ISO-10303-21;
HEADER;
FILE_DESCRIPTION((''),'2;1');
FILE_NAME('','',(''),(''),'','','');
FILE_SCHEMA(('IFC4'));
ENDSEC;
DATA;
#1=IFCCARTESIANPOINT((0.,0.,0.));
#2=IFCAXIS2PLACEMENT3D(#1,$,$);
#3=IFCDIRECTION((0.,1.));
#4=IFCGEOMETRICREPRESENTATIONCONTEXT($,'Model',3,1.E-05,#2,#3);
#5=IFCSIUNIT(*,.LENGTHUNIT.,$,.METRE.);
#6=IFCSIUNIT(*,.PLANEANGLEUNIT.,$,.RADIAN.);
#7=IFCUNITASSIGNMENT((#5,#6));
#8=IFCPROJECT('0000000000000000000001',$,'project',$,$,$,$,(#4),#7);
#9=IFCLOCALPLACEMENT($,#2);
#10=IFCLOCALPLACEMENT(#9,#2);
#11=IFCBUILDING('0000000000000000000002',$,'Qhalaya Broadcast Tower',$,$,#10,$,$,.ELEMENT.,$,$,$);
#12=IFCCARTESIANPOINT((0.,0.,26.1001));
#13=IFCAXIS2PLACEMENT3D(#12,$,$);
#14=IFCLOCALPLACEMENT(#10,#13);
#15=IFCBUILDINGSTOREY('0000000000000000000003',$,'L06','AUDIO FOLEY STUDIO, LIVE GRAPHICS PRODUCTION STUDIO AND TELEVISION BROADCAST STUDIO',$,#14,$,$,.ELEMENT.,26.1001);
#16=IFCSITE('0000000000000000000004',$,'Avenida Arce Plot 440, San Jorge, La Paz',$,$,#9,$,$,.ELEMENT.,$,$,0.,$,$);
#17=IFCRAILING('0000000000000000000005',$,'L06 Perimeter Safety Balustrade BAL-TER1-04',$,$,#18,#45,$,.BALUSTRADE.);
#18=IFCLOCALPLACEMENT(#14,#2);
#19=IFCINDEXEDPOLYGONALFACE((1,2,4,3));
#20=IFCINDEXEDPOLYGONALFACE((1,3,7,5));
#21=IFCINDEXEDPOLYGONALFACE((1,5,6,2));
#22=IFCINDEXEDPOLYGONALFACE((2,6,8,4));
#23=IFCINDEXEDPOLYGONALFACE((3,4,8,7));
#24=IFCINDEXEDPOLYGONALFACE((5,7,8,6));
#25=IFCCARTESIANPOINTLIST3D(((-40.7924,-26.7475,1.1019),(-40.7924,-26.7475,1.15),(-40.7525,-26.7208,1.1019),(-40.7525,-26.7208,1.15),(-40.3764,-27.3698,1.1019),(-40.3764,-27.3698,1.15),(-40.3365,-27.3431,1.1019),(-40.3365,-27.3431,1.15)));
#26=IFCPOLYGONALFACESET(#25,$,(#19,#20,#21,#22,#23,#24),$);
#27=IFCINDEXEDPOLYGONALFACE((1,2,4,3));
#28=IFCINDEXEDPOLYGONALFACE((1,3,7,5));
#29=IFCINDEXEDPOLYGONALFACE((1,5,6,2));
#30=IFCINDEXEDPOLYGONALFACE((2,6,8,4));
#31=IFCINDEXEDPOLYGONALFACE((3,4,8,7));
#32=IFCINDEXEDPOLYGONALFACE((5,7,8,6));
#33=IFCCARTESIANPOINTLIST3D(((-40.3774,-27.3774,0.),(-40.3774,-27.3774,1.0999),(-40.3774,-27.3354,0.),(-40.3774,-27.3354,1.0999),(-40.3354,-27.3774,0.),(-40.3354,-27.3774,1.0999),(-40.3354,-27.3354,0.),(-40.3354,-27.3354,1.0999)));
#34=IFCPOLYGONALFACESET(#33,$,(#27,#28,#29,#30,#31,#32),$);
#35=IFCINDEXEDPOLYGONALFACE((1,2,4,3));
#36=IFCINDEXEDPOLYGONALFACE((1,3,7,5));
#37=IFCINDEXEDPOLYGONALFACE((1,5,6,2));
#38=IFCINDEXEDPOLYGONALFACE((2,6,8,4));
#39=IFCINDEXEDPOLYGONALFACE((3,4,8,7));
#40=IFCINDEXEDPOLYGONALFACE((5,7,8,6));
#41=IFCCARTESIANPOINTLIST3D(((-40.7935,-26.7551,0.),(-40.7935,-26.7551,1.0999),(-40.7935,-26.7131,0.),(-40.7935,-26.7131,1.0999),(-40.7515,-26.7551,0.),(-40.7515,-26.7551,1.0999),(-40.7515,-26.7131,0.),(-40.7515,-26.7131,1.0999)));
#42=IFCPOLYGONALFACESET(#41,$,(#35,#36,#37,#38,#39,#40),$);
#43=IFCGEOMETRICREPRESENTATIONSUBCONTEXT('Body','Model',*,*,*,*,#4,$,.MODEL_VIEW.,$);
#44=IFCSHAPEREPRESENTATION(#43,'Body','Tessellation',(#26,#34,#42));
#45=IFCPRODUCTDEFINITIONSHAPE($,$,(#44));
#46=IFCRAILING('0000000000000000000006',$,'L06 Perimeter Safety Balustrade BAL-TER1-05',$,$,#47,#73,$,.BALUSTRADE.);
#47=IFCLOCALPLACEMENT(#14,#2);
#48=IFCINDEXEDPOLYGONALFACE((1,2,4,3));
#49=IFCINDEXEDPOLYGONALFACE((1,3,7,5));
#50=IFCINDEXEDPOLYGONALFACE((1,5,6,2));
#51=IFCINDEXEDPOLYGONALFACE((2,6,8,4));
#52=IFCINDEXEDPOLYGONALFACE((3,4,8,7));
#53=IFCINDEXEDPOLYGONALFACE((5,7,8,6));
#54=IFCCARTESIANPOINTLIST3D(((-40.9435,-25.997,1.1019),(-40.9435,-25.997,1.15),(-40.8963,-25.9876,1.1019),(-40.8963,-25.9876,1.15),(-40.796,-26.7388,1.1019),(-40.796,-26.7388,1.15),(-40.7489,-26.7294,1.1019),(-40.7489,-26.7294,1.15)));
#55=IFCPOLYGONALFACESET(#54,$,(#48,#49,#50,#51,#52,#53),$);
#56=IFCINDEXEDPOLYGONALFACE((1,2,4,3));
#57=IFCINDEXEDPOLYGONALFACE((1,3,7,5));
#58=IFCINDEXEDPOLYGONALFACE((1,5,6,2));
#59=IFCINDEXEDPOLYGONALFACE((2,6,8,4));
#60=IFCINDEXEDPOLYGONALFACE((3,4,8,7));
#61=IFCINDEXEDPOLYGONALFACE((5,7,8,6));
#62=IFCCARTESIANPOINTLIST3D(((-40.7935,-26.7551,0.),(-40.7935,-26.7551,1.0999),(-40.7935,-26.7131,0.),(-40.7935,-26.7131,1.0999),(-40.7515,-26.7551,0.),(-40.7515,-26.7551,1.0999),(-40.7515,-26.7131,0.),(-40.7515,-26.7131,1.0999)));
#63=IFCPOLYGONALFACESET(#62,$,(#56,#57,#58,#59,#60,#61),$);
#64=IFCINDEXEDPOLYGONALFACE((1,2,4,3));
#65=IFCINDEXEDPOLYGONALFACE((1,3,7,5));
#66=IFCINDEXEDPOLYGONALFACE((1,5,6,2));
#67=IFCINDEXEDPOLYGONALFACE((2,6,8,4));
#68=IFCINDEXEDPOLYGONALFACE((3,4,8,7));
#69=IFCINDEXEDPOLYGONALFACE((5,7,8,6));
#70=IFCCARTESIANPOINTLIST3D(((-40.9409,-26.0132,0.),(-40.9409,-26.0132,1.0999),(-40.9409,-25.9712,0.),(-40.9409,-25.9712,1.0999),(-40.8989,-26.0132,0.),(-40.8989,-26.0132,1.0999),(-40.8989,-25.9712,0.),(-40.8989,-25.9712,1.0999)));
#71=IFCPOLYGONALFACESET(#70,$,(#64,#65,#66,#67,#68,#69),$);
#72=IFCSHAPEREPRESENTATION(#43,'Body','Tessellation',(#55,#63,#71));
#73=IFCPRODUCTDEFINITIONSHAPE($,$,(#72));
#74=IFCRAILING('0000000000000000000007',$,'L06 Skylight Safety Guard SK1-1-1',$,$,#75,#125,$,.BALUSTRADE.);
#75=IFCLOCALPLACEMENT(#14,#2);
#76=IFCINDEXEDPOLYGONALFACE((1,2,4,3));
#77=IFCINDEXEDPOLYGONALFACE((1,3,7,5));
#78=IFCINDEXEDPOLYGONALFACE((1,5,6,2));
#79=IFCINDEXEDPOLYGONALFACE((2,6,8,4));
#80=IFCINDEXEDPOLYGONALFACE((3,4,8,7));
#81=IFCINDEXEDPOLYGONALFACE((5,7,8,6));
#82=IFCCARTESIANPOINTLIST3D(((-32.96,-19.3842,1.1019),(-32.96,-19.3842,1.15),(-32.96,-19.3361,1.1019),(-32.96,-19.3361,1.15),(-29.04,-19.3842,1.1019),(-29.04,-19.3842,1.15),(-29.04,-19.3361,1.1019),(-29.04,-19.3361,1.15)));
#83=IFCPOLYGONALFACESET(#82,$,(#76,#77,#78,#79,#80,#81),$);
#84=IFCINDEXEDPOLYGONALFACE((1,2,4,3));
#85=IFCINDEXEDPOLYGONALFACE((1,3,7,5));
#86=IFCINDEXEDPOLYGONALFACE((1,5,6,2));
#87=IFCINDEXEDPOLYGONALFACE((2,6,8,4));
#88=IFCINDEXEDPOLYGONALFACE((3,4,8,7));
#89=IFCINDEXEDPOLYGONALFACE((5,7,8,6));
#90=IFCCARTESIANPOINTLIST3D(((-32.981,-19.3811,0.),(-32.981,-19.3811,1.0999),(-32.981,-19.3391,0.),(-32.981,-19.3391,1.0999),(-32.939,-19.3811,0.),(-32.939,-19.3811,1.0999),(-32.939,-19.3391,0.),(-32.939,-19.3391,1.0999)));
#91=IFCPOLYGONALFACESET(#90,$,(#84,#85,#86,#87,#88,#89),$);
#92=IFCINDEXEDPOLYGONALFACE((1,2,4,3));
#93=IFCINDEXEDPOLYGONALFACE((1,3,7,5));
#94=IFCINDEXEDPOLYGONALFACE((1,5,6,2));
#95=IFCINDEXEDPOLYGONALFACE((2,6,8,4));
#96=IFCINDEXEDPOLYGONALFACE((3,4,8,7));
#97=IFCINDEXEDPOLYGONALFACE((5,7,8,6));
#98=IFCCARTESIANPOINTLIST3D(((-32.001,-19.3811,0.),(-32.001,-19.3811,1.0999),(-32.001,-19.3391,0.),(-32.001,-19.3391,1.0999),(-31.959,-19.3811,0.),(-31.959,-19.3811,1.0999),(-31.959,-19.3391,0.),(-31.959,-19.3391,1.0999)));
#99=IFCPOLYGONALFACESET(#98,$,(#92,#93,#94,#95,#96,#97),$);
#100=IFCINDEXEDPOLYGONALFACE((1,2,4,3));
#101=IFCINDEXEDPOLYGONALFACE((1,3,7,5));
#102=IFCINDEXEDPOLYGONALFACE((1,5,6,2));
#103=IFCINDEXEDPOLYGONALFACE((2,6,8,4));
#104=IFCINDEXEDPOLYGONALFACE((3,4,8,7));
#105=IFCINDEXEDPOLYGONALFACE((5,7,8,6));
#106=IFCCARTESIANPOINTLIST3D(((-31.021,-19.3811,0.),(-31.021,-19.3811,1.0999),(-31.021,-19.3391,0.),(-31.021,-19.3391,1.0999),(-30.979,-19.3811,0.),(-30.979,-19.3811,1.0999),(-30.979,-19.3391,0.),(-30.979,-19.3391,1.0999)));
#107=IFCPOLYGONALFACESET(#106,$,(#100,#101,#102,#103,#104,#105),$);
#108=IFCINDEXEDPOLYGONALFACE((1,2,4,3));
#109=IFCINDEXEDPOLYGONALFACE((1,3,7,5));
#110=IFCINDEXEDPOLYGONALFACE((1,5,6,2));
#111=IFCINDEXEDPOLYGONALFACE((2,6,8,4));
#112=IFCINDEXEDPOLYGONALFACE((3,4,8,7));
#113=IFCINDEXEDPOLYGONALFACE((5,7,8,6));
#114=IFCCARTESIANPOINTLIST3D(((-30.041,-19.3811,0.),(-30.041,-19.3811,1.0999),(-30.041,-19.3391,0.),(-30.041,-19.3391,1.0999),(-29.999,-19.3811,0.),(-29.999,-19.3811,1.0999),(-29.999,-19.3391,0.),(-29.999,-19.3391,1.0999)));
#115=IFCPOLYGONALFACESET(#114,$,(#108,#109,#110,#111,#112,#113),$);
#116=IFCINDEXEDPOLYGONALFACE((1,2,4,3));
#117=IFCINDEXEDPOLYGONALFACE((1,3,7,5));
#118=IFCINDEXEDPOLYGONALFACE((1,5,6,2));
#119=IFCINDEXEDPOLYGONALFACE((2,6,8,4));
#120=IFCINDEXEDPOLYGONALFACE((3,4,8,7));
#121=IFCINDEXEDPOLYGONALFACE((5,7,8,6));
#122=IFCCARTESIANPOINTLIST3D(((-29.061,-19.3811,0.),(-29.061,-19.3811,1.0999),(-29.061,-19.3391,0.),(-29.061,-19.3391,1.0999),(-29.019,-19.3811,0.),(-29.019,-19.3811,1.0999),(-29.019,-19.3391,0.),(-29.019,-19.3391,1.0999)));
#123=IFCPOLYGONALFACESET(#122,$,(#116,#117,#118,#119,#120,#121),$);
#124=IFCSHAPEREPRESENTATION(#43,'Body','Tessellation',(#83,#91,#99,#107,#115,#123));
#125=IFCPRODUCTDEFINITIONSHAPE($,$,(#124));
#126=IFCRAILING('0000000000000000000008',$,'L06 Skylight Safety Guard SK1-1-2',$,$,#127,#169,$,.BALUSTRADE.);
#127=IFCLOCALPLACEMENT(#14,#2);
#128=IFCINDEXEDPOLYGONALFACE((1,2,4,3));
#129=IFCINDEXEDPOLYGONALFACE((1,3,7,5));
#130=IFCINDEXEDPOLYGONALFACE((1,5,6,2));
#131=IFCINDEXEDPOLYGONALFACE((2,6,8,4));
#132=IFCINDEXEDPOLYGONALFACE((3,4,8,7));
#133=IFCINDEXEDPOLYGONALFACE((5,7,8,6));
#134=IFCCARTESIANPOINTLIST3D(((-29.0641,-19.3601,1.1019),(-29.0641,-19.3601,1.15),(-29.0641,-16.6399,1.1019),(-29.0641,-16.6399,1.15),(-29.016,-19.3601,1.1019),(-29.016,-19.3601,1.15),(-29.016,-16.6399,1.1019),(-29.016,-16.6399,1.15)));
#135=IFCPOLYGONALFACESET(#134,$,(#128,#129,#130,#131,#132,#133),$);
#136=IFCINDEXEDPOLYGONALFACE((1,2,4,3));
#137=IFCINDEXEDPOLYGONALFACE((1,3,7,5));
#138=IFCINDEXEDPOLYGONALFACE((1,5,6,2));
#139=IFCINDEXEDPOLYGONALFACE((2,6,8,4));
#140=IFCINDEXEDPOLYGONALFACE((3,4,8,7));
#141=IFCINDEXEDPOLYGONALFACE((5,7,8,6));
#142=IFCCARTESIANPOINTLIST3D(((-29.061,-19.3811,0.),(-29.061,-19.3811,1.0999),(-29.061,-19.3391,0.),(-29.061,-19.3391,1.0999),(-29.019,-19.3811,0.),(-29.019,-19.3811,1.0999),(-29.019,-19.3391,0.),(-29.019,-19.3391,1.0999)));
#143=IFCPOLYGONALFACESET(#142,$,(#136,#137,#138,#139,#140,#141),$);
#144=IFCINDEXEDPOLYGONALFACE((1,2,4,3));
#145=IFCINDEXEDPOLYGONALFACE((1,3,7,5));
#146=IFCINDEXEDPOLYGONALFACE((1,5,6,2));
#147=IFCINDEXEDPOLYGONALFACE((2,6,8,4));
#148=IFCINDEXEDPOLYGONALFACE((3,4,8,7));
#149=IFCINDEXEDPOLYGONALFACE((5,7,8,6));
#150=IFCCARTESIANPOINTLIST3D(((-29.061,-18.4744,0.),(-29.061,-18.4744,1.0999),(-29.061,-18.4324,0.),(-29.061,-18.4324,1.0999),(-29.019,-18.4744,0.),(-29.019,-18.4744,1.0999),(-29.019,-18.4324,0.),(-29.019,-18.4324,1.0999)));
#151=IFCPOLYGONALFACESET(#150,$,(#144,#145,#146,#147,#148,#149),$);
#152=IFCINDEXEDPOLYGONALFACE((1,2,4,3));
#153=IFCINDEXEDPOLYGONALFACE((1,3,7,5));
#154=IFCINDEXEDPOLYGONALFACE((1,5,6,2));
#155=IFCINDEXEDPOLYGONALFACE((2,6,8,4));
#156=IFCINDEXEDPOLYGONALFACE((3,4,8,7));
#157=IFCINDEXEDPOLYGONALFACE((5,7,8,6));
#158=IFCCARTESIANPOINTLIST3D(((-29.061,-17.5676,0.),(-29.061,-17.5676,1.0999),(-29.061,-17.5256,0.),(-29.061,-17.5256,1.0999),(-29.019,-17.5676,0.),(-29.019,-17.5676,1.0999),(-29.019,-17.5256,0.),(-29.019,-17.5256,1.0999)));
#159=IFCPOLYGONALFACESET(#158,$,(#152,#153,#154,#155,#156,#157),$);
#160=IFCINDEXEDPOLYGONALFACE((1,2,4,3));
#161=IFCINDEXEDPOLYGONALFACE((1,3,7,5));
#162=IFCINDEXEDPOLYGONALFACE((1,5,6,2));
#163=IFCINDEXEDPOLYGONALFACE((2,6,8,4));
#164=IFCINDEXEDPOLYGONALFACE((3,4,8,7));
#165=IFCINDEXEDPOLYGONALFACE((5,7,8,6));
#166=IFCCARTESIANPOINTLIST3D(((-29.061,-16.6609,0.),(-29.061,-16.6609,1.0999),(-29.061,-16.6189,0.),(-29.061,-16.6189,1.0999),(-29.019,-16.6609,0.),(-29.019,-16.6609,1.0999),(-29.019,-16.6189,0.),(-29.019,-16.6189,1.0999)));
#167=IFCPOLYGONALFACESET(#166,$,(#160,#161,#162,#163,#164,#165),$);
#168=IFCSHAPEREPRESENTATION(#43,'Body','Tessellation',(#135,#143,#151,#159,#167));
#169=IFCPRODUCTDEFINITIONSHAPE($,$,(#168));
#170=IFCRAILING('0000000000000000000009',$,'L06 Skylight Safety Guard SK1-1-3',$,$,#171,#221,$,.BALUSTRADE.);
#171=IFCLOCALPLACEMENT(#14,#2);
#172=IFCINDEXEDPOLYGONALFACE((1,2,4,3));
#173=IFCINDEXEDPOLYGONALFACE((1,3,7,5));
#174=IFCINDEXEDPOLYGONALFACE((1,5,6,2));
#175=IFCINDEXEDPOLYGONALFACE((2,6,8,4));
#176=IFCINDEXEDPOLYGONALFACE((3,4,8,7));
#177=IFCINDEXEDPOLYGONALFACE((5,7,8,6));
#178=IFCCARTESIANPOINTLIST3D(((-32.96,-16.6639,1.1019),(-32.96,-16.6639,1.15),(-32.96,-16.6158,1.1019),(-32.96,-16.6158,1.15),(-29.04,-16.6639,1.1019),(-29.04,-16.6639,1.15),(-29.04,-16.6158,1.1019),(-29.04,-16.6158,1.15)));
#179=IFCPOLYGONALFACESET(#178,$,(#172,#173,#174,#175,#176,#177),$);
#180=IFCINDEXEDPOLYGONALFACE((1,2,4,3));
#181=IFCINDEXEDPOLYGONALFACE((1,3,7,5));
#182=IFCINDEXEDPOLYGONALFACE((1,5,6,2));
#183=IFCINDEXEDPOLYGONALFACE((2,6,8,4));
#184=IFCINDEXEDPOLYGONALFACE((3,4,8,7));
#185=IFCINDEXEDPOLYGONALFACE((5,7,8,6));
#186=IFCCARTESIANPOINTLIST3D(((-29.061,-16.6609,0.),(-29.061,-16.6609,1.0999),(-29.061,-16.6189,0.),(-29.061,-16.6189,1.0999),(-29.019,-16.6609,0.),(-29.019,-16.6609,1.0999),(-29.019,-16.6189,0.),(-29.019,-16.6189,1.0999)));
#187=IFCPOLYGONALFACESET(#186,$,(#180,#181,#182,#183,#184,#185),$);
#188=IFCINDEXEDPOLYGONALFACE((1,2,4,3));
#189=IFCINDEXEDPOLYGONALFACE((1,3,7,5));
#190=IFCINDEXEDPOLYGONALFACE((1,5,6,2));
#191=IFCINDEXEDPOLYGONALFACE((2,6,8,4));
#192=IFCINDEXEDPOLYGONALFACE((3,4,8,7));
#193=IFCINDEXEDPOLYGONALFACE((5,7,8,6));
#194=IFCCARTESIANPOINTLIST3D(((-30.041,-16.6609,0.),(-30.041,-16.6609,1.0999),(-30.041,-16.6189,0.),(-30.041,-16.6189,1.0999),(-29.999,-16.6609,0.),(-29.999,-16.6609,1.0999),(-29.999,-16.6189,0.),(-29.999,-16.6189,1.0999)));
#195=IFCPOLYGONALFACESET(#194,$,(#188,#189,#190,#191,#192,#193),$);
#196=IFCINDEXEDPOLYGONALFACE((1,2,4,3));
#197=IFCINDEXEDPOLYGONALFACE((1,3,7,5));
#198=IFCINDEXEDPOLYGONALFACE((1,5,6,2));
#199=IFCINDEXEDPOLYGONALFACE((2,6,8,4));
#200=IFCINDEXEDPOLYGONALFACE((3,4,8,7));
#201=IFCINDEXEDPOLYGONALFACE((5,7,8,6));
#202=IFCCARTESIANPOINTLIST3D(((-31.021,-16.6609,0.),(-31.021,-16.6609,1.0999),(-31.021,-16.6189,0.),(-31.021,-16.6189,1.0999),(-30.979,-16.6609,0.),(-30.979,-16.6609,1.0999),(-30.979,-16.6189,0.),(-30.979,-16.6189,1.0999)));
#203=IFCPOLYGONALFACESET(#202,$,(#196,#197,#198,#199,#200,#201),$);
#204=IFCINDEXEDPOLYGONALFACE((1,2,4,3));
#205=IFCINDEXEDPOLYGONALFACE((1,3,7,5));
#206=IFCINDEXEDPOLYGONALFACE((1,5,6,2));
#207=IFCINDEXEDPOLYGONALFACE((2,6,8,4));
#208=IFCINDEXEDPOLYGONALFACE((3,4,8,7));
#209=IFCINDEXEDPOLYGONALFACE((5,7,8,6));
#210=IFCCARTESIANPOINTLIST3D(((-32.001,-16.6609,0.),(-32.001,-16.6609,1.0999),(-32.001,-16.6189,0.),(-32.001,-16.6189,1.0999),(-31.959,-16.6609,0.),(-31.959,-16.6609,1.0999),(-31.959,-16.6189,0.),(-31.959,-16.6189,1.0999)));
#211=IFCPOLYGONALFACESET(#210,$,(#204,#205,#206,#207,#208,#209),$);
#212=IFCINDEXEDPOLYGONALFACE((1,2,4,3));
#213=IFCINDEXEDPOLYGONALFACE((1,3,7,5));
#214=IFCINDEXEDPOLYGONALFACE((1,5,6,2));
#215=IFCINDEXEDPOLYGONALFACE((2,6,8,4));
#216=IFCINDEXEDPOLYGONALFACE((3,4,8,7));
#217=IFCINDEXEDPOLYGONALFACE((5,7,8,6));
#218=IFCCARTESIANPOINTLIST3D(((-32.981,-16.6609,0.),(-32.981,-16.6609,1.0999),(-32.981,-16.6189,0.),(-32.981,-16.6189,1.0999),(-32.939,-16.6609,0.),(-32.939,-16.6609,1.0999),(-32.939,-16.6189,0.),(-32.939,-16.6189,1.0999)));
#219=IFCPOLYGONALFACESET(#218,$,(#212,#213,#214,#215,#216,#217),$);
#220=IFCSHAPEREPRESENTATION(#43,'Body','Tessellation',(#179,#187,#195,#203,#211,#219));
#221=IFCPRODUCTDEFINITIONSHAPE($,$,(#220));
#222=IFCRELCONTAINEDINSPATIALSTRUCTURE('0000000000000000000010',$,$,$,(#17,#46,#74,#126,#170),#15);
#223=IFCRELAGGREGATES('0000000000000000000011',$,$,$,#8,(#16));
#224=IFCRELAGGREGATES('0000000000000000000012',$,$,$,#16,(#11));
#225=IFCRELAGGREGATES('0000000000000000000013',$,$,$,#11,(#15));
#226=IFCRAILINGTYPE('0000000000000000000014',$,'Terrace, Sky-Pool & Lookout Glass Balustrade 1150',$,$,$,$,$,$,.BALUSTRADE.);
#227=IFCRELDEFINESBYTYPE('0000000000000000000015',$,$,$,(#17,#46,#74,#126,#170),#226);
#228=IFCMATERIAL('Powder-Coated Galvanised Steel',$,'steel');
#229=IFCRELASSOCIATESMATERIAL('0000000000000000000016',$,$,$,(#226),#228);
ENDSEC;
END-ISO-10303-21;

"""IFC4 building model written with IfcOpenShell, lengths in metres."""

from ifc_helpers import new_model, si_unit, direction, frame, origin, origin_2d, place, context, subcontext, project, spatial, rectangle, extrude, material, type_object, element, save


model = new_model("IFC4")

# Units and contexts
model_context = context("Model", 3, precision=1e-05, world=origin(), true_north=direction((0.0, 1.0)))
body_context = subcontext(model_context, "Body", "Model", "MODEL_VIEW")
ifc_project = project(units=[si_unit("LENGTHUNIT", "METRE"), si_unit("PLANEANGLEUNIT", "RADIAN")], contexts=[model_context])

# Site, building, storey
site_placement = place(None, origin())
site = spatial("IfcSite", under=ifc_project, at=site_placement, Name="Avenida Arce Plot 440, San Jorge, La Paz", CompositionType="ELEMENT", RefElevation=0.0)
building_placement = place(site_placement, origin())
building = spatial("IfcBuilding", under=site, at=building_placement, Name="Qhalaya Broadcast Tower", CompositionType="ELEMENT")
storey_placement = place(building_placement, frame((0.0, 0.0, 26.1001)))
storey = spatial("IfcBuildingStorey", under=building, at=storey_placement, Name="L06", Description="AUDIO FOLEY STUDIO, LIVE GRAPHICS PRODUCTION STUDIO AND TELEVISION BROADCAST STUDIO", CompositionType="ELEMENT", Elevation=26.1001)

# Railings
ifc_material_1 = material(Name="Powder-Coated Galvanised Steel", Category="steel")
railing_type = type_object("IfcRailingType", Name="Terrace, Sky-Pool & Lookout Glass Balustrade 1150", PredefinedType="BALUSTRADE", material=ifc_material_1)
railing_1_placement = place(storey_placement, frame((-40.3564, -27.3564, 0.0)))
element("IfcRailing", 1, at=railing_1_placement, inside=storey, type_object=railing_type, Name="L06 Perimeter Safety Balustrade BAL-TER1-04", PredefinedType="BALUSTRADE", context=body_context, shape_type="SweptSolid", body=[
    extrude(rectangle(XDim=0.0481, YDim=0.0481, at=origin_2d()), frame((0.0, 0.0, 1.126), z_axis=(-0.555753, 0.831347, 0.0), x_axis=(-0.831347, -0.555753, 0.0)), (0.0, 0.0, 1.0), 0.7485),
    extrude(rectangle(XDim=0.042, YDim=0.042, at=origin_2d()), origin(), (0.0, 0.0, 1.0), 1.0999),
    extrude(rectangle(XDim=0.042, YDim=0.042, at=origin_2d()), frame((-0.416, 0.6223, 0.0)), (0.0, 0.0, 1.0), 1.0999),
])
railing_2_placement = place(storey_placement, frame((-40.7725, -26.7341, 0.0)))
element("IfcRailing", 2, at=railing_2_placement, inside=storey, type_object=railing_type, Name="L06 Perimeter Safety Balustrade BAL-TER1-05", PredefinedType="BALUSTRADE", context=body_context, shape_type="SweptSolid", body=[
    extrude(rectangle(XDim=0.0481, YDim=0.0481, at=origin_2d()), frame((0.0, 0.0, 1.126), z_axis=(-0.194937, 0.980816, 0.0), x_axis=(-0.980816, -0.194937, 0.0)), (0.0, 0.0, 1.0), 0.7563),
    extrude(rectangle(XDim=0.042, YDim=0.042, at=origin_2d()), origin(), (0.0, 0.0, 1.0), 1.0999),
    extrude(rectangle(XDim=0.042, YDim=0.042, at=origin_2d()), frame((-0.1475, 0.7419, 0.0)), (0.0, 0.0, 1.0), 1.0999),
])
railing_3_placement = place(storey_placement, frame((-32.96, -19.3601, 0.0)))
element("IfcRailing", 3, at=railing_3_placement, inside=storey, type_object=railing_type, Name="L06 Skylight Safety Guard SK1-1-1", PredefinedType="BALUSTRADE", context=body_context, shape_type="SweptSolid", body=[
    extrude(rectangle(XDim=0.0481, YDim=0.0481, at=origin_2d()), frame((0.0, 0.0, 1.126), z_axis=(1.0, 0.0, 0.0), x_axis=(0.0, 1.0, 0.0)), (0.0, 0.0, 1.0), 3.9199),
    extrude(rectangle(XDim=0.042, YDim=0.042, at=origin_2d()), origin(), (0.0, 0.0, 1.0), 1.0999),
    extrude(rectangle(XDim=0.042, YDim=0.042, at=origin_2d()), frame((0.98, 0.0, 0.0)), (0.0, 0.0, 1.0), 1.0999),
    extrude(rectangle(XDim=0.042, YDim=0.042, at=origin_2d()), frame((1.96, 0.0, 0.0)), (0.0, 0.0, 1.0), 1.0999),
    extrude(rectangle(XDim=0.042, YDim=0.042, at=origin_2d()), frame((2.9399, 0.0, 0.0)), (0.0, 0.0, 1.0), 1.0999),
    extrude(rectangle(XDim=0.042, YDim=0.042, at=origin_2d()), frame((3.9199, 0.0, 0.0)), (0.0, 0.0, 1.0), 1.0999),
])
railing_4_placement = place(storey_placement, frame((-29.04, -19.3601, 0.0)))
element("IfcRailing", 4, at=railing_4_placement, inside=storey, type_object=railing_type, Name="L06 Skylight Safety Guard SK1-1-2", PredefinedType="BALUSTRADE", context=body_context, shape_type="SweptSolid", body=[
    extrude(rectangle(XDim=0.0481, YDim=0.0481, at=origin_2d()), frame((0.0, 0.0, 1.126), z_axis=(0.0, 1.0, 0.0), x_axis=(-1.0, 0.0, 0.0)), (0.0, 0.0, 1.0), 2.7202),
    extrude(rectangle(XDim=0.042, YDim=0.042, at=origin_2d()), origin(), (0.0, 0.0, 1.0), 1.0999),
    extrude(rectangle(XDim=0.042, YDim=0.042, at=origin_2d()), frame((0.0, 0.9067, 0.0)), (0.0, 0.0, 1.0), 1.0999),
    extrude(rectangle(XDim=0.042, YDim=0.042, at=origin_2d()), frame((0.0, 1.8135, 0.0)), (0.0, 0.0, 1.0), 1.0999),
    extrude(rectangle(XDim=0.042, YDim=0.042, at=origin_2d()), frame((0.0, 2.7202, 0.0)), (0.0, 0.0, 1.0), 1.0999),
])
railing_5_placement = place(storey_placement, frame((-29.04, -16.6399, 0.0)))
element("IfcRailing", 5, at=railing_5_placement, inside=storey, type_object=railing_type, Name="L06 Skylight Safety Guard SK1-1-3", PredefinedType="BALUSTRADE", context=body_context, shape_type="SweptSolid", body=[
    extrude(rectangle(XDim=0.0481, YDim=0.0481, at=origin_2d()), frame((0.0, 0.0, 1.126), z_axis=(-1.0, 0.0, 0.0), x_axis=(0.0, -1.0, 0.0)), (0.0, 0.0, 1.0), 3.9199),
    extrude(rectangle(XDim=0.042, YDim=0.042, at=origin_2d()), origin(), (0.0, 0.0, 1.0), 1.0999),
    extrude(rectangle(XDim=0.042, YDim=0.042, at=origin_2d()), frame((-0.98, 0.0, 0.0)), (0.0, 0.0, 1.0), 1.0999),
    extrude(rectangle(XDim=0.042, YDim=0.042, at=origin_2d()), frame((-1.96, 0.0, 0.0)), (0.0, 0.0, 1.0), 1.0999),
    extrude(rectangle(XDim=0.042, YDim=0.042, at=origin_2d()), frame((-2.9399, 0.0, 0.0)), (0.0, 0.0, 1.0), 1.0999),
    extrude(rectangle(XDim=0.042, YDim=0.042, at=origin_2d()), frame((-3.9199, 0.0, 0.0)), (0.0, 0.0, 1.0), 1.0999),
])

save(model, "model.ifc")
